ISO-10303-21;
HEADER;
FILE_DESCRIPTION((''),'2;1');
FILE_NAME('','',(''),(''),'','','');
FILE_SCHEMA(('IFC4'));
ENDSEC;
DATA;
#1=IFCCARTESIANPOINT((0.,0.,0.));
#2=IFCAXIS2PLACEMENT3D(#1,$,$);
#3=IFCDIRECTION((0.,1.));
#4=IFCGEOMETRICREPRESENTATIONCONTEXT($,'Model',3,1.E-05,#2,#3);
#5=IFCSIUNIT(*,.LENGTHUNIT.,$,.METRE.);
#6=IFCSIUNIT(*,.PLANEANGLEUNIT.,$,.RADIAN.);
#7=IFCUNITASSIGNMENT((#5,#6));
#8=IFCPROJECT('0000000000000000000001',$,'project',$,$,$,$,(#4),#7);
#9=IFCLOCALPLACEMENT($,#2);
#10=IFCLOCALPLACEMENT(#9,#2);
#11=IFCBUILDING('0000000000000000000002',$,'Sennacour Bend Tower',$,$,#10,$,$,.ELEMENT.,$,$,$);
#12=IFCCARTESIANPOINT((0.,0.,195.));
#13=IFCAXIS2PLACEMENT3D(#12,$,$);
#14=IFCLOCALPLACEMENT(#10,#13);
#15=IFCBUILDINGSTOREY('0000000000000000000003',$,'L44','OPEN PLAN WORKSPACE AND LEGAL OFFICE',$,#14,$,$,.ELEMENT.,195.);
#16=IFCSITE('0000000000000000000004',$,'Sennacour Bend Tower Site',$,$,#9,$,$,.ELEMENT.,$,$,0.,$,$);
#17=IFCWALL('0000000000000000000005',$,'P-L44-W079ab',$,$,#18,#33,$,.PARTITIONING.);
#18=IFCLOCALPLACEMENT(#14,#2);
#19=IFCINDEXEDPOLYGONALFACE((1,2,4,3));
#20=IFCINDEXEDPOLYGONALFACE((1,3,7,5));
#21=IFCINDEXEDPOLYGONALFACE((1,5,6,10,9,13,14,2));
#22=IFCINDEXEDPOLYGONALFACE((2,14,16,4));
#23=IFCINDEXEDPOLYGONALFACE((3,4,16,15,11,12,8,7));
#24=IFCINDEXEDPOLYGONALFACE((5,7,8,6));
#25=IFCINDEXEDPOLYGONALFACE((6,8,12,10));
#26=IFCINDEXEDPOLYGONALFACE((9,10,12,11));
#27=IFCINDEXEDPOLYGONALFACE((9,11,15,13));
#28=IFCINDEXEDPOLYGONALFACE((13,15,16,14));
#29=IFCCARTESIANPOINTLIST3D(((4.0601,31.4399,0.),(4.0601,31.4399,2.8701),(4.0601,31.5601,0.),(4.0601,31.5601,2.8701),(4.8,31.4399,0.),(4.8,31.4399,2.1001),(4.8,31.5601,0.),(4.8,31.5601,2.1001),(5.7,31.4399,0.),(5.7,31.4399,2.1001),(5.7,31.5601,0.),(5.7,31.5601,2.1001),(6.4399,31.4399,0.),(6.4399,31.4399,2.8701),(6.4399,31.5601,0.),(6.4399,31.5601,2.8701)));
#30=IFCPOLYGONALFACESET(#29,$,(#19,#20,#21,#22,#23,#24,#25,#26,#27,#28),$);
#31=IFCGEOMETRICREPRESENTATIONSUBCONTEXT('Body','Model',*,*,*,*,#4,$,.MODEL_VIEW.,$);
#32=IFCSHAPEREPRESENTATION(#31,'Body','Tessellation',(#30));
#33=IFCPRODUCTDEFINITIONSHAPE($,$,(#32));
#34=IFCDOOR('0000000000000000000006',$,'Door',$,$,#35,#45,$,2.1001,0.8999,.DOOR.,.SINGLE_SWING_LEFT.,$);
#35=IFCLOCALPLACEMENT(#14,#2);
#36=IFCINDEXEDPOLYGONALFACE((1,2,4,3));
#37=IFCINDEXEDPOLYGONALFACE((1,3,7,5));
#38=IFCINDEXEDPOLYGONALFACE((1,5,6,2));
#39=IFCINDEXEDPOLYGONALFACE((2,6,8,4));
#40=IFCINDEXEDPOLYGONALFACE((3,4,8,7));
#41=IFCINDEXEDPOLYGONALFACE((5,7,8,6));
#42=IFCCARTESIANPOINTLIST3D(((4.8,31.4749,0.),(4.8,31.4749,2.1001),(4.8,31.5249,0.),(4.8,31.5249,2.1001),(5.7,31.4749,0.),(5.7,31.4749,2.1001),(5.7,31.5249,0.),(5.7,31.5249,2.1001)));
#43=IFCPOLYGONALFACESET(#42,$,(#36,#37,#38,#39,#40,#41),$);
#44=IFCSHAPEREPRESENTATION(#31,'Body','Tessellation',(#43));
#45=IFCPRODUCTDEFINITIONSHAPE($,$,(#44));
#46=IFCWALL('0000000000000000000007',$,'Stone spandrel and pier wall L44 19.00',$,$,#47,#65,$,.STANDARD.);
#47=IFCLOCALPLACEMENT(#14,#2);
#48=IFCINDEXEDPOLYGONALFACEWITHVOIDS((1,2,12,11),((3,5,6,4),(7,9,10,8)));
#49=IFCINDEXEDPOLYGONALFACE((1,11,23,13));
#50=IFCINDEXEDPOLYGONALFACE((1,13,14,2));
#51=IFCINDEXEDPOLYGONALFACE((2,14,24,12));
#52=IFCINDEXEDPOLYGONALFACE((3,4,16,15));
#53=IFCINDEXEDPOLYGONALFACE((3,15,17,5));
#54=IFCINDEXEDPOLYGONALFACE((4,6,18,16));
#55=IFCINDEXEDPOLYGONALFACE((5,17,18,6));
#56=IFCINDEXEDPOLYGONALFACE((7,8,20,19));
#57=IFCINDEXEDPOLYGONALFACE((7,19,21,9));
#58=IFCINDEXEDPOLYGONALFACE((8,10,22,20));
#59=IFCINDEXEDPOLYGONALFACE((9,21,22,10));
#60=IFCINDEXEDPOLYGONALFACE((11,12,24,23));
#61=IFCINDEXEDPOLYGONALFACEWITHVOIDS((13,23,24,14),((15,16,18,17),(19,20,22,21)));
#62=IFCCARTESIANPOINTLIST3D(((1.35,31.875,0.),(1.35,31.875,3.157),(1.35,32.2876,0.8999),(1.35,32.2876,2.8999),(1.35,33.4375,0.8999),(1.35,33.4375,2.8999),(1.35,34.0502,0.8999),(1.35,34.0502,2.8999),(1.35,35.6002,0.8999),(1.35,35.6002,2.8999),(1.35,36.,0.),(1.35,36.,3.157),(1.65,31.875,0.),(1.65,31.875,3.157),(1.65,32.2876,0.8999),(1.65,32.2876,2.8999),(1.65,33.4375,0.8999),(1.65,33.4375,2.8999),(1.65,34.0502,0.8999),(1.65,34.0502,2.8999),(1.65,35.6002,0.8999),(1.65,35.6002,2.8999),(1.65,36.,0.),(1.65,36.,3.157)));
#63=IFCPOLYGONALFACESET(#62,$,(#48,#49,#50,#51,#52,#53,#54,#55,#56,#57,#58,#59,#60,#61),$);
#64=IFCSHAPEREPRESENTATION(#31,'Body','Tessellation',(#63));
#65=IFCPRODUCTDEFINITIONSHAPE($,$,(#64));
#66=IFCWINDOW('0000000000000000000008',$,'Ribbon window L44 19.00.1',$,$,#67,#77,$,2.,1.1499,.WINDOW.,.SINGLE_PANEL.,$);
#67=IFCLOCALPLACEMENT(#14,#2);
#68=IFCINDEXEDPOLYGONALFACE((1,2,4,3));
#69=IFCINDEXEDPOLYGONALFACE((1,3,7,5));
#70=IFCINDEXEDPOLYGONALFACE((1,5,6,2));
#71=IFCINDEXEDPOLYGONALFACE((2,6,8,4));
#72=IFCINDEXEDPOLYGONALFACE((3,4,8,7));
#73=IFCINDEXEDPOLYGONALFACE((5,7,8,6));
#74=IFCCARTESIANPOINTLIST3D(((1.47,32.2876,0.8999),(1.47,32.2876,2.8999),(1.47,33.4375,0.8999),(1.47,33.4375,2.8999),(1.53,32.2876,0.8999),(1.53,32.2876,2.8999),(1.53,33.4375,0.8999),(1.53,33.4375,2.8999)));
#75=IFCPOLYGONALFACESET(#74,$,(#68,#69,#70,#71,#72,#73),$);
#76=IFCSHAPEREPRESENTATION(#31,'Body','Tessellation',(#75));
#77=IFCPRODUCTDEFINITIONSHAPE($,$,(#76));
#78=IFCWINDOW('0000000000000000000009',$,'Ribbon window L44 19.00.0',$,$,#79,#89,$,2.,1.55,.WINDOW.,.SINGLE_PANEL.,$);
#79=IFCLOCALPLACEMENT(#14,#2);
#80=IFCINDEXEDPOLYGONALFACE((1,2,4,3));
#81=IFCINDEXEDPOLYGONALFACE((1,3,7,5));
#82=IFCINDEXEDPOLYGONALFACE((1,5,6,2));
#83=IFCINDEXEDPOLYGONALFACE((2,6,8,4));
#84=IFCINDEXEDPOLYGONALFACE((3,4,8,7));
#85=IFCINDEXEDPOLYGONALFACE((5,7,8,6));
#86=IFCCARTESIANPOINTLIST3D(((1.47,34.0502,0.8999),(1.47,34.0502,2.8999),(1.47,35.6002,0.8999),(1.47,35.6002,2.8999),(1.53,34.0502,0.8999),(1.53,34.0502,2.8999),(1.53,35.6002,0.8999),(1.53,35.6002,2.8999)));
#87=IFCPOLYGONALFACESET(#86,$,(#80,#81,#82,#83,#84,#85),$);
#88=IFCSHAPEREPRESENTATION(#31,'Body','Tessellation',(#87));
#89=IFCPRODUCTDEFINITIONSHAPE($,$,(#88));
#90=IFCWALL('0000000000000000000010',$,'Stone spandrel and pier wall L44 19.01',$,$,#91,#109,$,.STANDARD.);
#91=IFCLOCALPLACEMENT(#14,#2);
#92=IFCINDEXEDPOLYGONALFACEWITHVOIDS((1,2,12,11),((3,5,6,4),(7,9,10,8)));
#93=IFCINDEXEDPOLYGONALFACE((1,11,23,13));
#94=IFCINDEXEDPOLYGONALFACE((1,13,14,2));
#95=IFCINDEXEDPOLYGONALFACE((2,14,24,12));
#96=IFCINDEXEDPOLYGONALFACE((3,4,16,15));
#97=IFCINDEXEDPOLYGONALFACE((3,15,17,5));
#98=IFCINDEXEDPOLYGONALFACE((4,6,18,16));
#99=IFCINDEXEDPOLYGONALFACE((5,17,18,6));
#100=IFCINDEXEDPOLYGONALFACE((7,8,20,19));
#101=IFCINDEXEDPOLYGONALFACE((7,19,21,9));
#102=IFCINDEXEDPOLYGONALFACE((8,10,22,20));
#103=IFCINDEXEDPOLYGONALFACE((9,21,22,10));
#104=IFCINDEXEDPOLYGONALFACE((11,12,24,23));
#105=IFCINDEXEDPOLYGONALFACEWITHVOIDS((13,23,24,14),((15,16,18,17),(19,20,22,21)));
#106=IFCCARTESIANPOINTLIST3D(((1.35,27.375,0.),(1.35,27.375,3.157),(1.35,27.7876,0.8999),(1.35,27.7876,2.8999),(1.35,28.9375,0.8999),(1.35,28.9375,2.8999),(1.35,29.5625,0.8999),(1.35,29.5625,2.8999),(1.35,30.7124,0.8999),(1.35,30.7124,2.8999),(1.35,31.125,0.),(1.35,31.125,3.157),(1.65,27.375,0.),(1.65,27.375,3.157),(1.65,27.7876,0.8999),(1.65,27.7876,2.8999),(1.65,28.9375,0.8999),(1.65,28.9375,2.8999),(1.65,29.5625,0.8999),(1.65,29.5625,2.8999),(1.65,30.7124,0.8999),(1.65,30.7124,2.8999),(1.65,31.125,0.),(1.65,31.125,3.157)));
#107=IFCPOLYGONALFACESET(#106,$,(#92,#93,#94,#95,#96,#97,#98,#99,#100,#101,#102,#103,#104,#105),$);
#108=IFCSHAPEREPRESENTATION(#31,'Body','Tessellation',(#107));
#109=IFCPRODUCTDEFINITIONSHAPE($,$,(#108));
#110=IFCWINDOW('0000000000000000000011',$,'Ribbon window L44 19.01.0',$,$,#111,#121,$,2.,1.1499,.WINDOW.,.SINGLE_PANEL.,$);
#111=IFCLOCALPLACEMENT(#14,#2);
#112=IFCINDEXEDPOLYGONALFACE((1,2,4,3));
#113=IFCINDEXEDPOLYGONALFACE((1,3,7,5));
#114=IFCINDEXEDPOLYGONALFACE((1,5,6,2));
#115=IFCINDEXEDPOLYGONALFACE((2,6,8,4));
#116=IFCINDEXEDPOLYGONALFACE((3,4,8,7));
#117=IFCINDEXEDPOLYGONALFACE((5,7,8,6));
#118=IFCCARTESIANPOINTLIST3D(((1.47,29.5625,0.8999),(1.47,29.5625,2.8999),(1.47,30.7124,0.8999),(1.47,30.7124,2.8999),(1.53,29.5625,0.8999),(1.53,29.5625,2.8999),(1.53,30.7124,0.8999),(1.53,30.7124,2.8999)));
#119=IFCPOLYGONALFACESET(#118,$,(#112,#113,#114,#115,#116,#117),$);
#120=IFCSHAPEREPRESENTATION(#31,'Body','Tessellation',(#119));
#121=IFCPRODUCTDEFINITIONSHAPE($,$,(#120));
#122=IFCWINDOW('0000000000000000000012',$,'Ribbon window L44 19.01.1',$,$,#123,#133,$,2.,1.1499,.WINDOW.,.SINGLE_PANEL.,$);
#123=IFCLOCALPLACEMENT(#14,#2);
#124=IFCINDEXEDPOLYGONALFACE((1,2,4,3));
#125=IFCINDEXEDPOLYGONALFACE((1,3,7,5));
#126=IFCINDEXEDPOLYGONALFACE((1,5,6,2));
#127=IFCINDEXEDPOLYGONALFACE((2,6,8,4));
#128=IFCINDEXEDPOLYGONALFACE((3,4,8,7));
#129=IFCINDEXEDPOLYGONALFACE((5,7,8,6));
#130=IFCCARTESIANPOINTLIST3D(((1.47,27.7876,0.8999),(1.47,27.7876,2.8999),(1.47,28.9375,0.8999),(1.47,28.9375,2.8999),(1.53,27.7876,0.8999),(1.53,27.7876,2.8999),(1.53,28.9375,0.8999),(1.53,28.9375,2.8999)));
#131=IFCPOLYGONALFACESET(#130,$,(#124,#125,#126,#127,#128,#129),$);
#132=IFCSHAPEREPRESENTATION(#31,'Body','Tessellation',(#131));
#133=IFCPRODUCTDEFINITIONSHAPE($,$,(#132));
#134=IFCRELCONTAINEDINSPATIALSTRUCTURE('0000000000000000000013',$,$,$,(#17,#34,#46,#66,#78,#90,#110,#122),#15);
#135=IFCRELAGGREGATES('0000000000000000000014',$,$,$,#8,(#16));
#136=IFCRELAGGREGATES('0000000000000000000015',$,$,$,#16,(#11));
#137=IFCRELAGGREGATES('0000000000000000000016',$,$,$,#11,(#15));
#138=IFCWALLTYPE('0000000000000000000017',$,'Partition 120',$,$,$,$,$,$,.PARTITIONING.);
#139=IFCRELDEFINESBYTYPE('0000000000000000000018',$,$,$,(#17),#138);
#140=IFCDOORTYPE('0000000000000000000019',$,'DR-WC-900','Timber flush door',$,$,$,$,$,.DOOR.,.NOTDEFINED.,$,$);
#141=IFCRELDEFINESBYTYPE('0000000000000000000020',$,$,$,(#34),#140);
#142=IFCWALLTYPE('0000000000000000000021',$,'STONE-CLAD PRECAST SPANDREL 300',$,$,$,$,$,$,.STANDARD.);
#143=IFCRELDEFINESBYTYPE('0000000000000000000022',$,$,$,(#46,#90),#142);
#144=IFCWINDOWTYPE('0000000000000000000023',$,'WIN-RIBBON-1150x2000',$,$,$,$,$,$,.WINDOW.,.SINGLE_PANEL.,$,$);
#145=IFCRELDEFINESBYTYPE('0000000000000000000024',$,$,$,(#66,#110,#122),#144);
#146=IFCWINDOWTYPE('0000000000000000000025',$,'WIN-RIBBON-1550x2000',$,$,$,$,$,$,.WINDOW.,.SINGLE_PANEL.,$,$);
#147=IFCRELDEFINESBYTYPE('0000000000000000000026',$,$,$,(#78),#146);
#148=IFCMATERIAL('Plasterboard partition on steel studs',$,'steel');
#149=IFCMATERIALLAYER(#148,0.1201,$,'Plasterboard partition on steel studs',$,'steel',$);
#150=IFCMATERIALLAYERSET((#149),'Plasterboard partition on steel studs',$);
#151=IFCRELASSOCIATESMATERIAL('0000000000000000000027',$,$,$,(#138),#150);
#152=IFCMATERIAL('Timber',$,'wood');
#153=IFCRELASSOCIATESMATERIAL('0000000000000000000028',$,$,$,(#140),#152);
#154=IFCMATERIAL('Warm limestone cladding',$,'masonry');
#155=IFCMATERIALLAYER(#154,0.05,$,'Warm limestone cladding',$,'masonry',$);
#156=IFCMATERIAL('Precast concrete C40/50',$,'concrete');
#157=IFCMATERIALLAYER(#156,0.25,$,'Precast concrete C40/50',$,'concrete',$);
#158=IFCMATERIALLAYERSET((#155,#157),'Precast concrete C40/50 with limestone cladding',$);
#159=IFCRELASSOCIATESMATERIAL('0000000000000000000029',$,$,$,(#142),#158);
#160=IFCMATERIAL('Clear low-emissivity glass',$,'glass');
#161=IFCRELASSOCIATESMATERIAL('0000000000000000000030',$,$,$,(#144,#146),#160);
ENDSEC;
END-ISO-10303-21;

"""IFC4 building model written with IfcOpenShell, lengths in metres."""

from ifc_helpers import new_model, si_unit, direction, frame, frame_2d, origin, place, context, subcontext, project, spatial, rectangle, extrude, material, layer, layer_set, type_object, element, fill, save


model = new_model("IFC4")

# Units and contexts
model_context = context("Model", 3, precision=1e-05, world=origin(), true_north=direction((0.0, 1.0)))
body_context = subcontext(model_context, "Body", "Model", "MODEL_VIEW")
ifc_project = project(units=[si_unit("LENGTHUNIT", "METRE"), si_unit("PLANEANGLEUNIT", "RADIAN")], contexts=[model_context])

# Site, building, storey
site_placement = place(None, origin())
site = spatial("IfcSite", under=ifc_project, at=site_placement, Name="Sennacour Bend Tower Site", CompositionType="ELEMENT", RefElevation=0.0)
building_placement = place(site_placement, origin())
building = spatial("IfcBuilding", under=site, at=building_placement, Name="Sennacour Bend Tower", CompositionType="ELEMENT")
storey_placement = place(building_placement, frame((0.0, 0.0, 195.0)))
storey = spatial("IfcBuildingStorey", under=building, at=storey_placement, Name="L44", Description="OPEN PLAN WORKSPACE AND LEGAL OFFICE", CompositionType="ELEMENT", Elevation=195.0)

# Shared definitions
ifc_material_1 = material(Name="Plasterboard partition on steel studs", Category="steel")
ifc_layer_1 = layer(ifc_material_1, 0.1201, Name="Plasterboard partition on steel studs", Category="steel")
ifc_layer_set_1 = layer_set([ifc_layer_1], Name="Plasterboard partition on steel studs")
wall_type_1 = type_object("IfcWallType", Name="Partition 120", PredefinedType="PARTITIONING", material=ifc_layer_set_1)

# Wall, opening, door
ifc_material_2 = material(Name="Timber", Category="wood")
door_type_1 = type_object("IfcDoorType", Name="DR-WC-900", Description="Timber flush door", OperationType="NOTDEFINED", PredefinedType="DOOR", material=ifc_material_2)
wall_1_placement = place(storey_placement, frame((4.0601, 31.5, 0.0), z_axis=(0.0, 0.0, 1.0), x_axis=(1.0, 0.0, 0.0)))
wall_1 = element("IfcWall", 1, at=wall_1_placement, inside=storey, type_object=wall_type_1, Name="P-L44-W079ab", PredefinedType="PARTITIONING", context=body_context, shape_type="SweptSolid", body=[
    extrude(rectangle(XDim=2.3799, YDim=0.1201, at=frame_2d((1.1899, 0.0))), origin(), (0.0, 0.0, 1.0), 2.8701),
])
opening_1_placement = place(wall_1_placement, frame((0.74, 0.0, 0.0)))
opening_1 = element("IfcOpeningElement", 2, at=opening_1_placement, cuts=wall_1, PredefinedType="OPENING", context=body_context, shape_type="SweptSolid", body=[
    extrude(rectangle(XDim=0.8999, YDim=2.1001, at=frame_2d((0.45, 1.05))), frame((0.0, 0.0701, 0.0), z_axis=(0.0, -1.0, 0.0), x_axis=(1.0, 0.0, 0.0)), (0.0, 0.0, 1.0), 0.1401),
])
door_1_placement = place(opening_1_placement, origin())
door_1 = element("IfcDoor", 3, at=door_1_placement, inside=storey, type_object=door_type_1, Name="Door", OperationType="SINGLE_SWING_LEFT", OverallHeight=2.1001, OverallWidth=0.8999, PredefinedType="DOOR", context=body_context, shape_type="SweptSolid", body=[
    extrude(rectangle(XDim=0.8999, YDim=2.1001, at=frame_2d((0.45, 1.05))), frame((0.0, 0.0249, 0.0), z_axis=(0.0, -1.0, 0.0), x_axis=(1.0, 0.0, 0.0)), (0.0, 0.0, 1.0), 0.05),
])
fill(opening_1, door_1)

# Walls, openings, windows
ifc_material_3 = material(Name="Warm limestone cladding", Category="masonry")
ifc_layer_2 = layer(ifc_material_3, 0.05, Name="Warm limestone cladding", Category="masonry")
ifc_material_4 = material(Name="Precast concrete C40/50", Category="concrete")
ifc_layer_3 = layer(ifc_material_4, 0.25, Name="Precast concrete C40/50", Category="concrete")
ifc_layer_set_2 = layer_set([ifc_layer_2, ifc_layer_3], Name="Precast concrete C40/50 with limestone cladding")
wall_type_2 = type_object("IfcWallType", Name="STONE-CLAD PRECAST SPANDREL 300", PredefinedType="STANDARD", material=ifc_layer_set_2)
wall_2_placement = place(storey_placement, frame((1.5, 36.0, 0.0), z_axis=(0.0, 0.0, 1.0), x_axis=(0.0, -1.0, 0.0)))
wall_2 = element("IfcWall", 4, at=wall_2_placement, inside=storey, type_object=wall_type_2, Name="Stone spandrel and pier wall L44 19.00", PredefinedType="STANDARD", context=body_context, shape_type="SweptSolid", body=[
    extrude(rectangle(XDim=4.125, YDim=0.3, at=frame_2d((2.0625, 0.0))), origin(), (0.0, 0.0, 1.0), 3.157),
])
opening_2_placement = place(wall_2_placement, frame((0.3999, 0.0, 0.8999)))
opening_2 = element("IfcOpeningElement", 5, at=opening_2_placement, cuts=wall_2, PredefinedType="OPENING", context=body_context, shape_type="SweptSolid", body=[
    extrude(rectangle(XDim=1.55, YDim=2.0, at=frame_2d((0.7749, 1.0))), frame((0.0, 0.1602, 0.0), z_axis=(0.0, -1.0, 0.0), x_axis=(1.0, 0.0, 0.0)), (0.0, 0.0, 1.0), 0.3201),
])
opening_3_placement = place(wall_2_placement, frame((2.5625, 0.0, 0.8999)))
opening_3 = element("IfcOpeningElement", 6, at=opening_3_placement, cuts=wall_2, PredefinedType="OPENING", context=body_context, shape_type="SweptSolid", body=[
    extrude(rectangle(XDim=1.1499, YDim=2.0, at=frame_2d((0.575, 1.0))), frame((0.0, 0.1602, 0.0), z_axis=(0.0, -1.0, 0.0), x_axis=(1.0, 0.0, 0.0)), (0.0, 0.0, 1.0), 0.3201),
])
ifc_material_5 = material(Name="Clear low-emissivity glass", Category="glass")
window_type_1 = type_object("IfcWindowType", Name="WIN-RIBBON-1150x2000", PartitioningType="SINGLE_PANEL", PredefinedType="WINDOW", material=ifc_material_5)
window_1_placement = place(opening_3_placement, origin())
window_1 = element("IfcWindow", 7, at=window_1_placement, inside=storey, type_object=window_type_1, Name="Ribbon window L44 19.00.1", OverallHeight=2.0, OverallWidth=1.1499, PartitioningType="SINGLE_PANEL", PredefinedType="WINDOW", context=body_context, shape_type="SweptSolid", body=[
    extrude(rectangle(XDim=1.1499, YDim=2.0, at=frame_2d((0.575, 1.0))), frame((0.0, 0.03, 0.0), z_axis=(0.0, -1.0, 0.0), x_axis=(1.0, 0.0, 0.0)), (0.0, 0.0, 1.0), 0.0601),
])
fill(opening_3, window_1)
window_type_2 = type_object("IfcWindowType", Name="WIN-RIBBON-1550x2000", PartitioningType="SINGLE_PANEL", PredefinedType="WINDOW", material=ifc_material_5)
window_2_placement = place(opening_2_placement, origin())
window_2 = element("IfcWindow", 8, at=window_2_placement, inside=storey, type_object=window_type_2, Name="Ribbon window L44 19.00.0", OverallHeight=2.0, OverallWidth=1.55, PartitioningType="SINGLE_PANEL", PredefinedType="WINDOW", context=body_context, shape_type="SweptSolid", body=[
    extrude(rectangle(XDim=1.55, YDim=2.0, at=frame_2d((0.7749, 1.0))), frame((0.0, 0.03, 0.0), z_axis=(0.0, -1.0, 0.0), x_axis=(1.0, 0.0, 0.0)), (0.0, 0.0, 1.0), 0.0601),
])
fill(opening_2, window_2)
wall_3_placement = place(storey_placement, frame((1.5, 31.125, 0.0), z_axis=(0.0, 0.0, 1.0), x_axis=(0.0, -1.0, 0.0)))
wall_3 = element("IfcWall", 9, at=wall_3_placement, inside=storey, type_object=wall_type_2, Name="Stone spandrel and pier wall L44 19.01", PredefinedType="STANDARD", context=body_context, shape_type="SweptSolid", body=[
    extrude(rectangle(XDim=3.75, YDim=0.3, at=frame_2d((1.875, 0.0))), origin(), (0.0, 0.0, 1.0), 3.157),
])
opening_4_placement = place(wall_3_placement, frame((0.4126, 0.0, 0.8999)))
opening_4 = element("IfcOpeningElement", 10, at=opening_4_placement, cuts=wall_3, PredefinedType="OPENING", context=body_context, shape_type="SweptSolid", body=[
    extrude(rectangle(XDim=1.1499, YDim=2.0, at=frame_2d((0.575, 1.0))), frame((0.0, 0.1602, 0.0), z_axis=(0.0, -1.0, 0.0), x_axis=(1.0, 0.0, 0.0)), (0.0, 0.0, 1.0), 0.3201),
])
opening_5_placement = place(wall_3_placement, frame((2.1875, 0.0, 0.8999)))
opening_5 = element("IfcOpeningElement", 11, at=opening_5_placement, cuts=wall_3, PredefinedType="OPENING", context=body_context, shape_type="SweptSolid", body=[
    extrude(rectangle(XDim=1.1499, YDim=2.0, at=frame_2d((0.575, 1.0))), frame((0.0, 0.1602, 0.0), z_axis=(0.0, -1.0, 0.0), x_axis=(1.0, 0.0, 0.0)), (0.0, 0.0, 1.0), 0.3201),
])
window_3_placement = place(opening_4_placement, origin())
window_3 = element("IfcWindow", 12, at=window_3_placement, inside=storey, type_object=window_type_1, Name="Ribbon window L44 19.01.0", OverallHeight=2.0, OverallWidth=1.1499, PartitioningType="SINGLE_PANEL", PredefinedType="WINDOW", context=body_context, shape_type="SweptSolid", body=[
    extrude(rectangle(XDim=1.1499, YDim=2.0, at=frame_2d((0.575, 1.0))), frame((0.0, 0.03, 0.0), z_axis=(0.0, -1.0, 0.0), x_axis=(1.0, 0.0, 0.0)), (0.0, 0.0, 1.0), 0.0601),
])
fill(opening_4, window_3)
window_4_placement = place(opening_5_placement, origin())
window_4 = element("IfcWindow", 13, at=window_4_placement, inside=storey, type_object=window_type_1, Name="Ribbon window L44 19.01.1", OverallHeight=2.0, OverallWidth=1.1499, PartitioningType="SINGLE_PANEL", PredefinedType="WINDOW", context=body_context, shape_type="SweptSolid", body=[
    extrude(rectangle(XDim=1.1499, YDim=2.0, at=frame_2d((0.575, 1.0))), frame((0.0, 0.03, 0.0), z_axis=(0.0, -1.0, 0.0), x_axis=(1.0, 0.0, 0.0)), (0.0, 0.0, 1.0), 0.0601),
])
fill(opening_5, window_4)

save(model, "model.ifc")
